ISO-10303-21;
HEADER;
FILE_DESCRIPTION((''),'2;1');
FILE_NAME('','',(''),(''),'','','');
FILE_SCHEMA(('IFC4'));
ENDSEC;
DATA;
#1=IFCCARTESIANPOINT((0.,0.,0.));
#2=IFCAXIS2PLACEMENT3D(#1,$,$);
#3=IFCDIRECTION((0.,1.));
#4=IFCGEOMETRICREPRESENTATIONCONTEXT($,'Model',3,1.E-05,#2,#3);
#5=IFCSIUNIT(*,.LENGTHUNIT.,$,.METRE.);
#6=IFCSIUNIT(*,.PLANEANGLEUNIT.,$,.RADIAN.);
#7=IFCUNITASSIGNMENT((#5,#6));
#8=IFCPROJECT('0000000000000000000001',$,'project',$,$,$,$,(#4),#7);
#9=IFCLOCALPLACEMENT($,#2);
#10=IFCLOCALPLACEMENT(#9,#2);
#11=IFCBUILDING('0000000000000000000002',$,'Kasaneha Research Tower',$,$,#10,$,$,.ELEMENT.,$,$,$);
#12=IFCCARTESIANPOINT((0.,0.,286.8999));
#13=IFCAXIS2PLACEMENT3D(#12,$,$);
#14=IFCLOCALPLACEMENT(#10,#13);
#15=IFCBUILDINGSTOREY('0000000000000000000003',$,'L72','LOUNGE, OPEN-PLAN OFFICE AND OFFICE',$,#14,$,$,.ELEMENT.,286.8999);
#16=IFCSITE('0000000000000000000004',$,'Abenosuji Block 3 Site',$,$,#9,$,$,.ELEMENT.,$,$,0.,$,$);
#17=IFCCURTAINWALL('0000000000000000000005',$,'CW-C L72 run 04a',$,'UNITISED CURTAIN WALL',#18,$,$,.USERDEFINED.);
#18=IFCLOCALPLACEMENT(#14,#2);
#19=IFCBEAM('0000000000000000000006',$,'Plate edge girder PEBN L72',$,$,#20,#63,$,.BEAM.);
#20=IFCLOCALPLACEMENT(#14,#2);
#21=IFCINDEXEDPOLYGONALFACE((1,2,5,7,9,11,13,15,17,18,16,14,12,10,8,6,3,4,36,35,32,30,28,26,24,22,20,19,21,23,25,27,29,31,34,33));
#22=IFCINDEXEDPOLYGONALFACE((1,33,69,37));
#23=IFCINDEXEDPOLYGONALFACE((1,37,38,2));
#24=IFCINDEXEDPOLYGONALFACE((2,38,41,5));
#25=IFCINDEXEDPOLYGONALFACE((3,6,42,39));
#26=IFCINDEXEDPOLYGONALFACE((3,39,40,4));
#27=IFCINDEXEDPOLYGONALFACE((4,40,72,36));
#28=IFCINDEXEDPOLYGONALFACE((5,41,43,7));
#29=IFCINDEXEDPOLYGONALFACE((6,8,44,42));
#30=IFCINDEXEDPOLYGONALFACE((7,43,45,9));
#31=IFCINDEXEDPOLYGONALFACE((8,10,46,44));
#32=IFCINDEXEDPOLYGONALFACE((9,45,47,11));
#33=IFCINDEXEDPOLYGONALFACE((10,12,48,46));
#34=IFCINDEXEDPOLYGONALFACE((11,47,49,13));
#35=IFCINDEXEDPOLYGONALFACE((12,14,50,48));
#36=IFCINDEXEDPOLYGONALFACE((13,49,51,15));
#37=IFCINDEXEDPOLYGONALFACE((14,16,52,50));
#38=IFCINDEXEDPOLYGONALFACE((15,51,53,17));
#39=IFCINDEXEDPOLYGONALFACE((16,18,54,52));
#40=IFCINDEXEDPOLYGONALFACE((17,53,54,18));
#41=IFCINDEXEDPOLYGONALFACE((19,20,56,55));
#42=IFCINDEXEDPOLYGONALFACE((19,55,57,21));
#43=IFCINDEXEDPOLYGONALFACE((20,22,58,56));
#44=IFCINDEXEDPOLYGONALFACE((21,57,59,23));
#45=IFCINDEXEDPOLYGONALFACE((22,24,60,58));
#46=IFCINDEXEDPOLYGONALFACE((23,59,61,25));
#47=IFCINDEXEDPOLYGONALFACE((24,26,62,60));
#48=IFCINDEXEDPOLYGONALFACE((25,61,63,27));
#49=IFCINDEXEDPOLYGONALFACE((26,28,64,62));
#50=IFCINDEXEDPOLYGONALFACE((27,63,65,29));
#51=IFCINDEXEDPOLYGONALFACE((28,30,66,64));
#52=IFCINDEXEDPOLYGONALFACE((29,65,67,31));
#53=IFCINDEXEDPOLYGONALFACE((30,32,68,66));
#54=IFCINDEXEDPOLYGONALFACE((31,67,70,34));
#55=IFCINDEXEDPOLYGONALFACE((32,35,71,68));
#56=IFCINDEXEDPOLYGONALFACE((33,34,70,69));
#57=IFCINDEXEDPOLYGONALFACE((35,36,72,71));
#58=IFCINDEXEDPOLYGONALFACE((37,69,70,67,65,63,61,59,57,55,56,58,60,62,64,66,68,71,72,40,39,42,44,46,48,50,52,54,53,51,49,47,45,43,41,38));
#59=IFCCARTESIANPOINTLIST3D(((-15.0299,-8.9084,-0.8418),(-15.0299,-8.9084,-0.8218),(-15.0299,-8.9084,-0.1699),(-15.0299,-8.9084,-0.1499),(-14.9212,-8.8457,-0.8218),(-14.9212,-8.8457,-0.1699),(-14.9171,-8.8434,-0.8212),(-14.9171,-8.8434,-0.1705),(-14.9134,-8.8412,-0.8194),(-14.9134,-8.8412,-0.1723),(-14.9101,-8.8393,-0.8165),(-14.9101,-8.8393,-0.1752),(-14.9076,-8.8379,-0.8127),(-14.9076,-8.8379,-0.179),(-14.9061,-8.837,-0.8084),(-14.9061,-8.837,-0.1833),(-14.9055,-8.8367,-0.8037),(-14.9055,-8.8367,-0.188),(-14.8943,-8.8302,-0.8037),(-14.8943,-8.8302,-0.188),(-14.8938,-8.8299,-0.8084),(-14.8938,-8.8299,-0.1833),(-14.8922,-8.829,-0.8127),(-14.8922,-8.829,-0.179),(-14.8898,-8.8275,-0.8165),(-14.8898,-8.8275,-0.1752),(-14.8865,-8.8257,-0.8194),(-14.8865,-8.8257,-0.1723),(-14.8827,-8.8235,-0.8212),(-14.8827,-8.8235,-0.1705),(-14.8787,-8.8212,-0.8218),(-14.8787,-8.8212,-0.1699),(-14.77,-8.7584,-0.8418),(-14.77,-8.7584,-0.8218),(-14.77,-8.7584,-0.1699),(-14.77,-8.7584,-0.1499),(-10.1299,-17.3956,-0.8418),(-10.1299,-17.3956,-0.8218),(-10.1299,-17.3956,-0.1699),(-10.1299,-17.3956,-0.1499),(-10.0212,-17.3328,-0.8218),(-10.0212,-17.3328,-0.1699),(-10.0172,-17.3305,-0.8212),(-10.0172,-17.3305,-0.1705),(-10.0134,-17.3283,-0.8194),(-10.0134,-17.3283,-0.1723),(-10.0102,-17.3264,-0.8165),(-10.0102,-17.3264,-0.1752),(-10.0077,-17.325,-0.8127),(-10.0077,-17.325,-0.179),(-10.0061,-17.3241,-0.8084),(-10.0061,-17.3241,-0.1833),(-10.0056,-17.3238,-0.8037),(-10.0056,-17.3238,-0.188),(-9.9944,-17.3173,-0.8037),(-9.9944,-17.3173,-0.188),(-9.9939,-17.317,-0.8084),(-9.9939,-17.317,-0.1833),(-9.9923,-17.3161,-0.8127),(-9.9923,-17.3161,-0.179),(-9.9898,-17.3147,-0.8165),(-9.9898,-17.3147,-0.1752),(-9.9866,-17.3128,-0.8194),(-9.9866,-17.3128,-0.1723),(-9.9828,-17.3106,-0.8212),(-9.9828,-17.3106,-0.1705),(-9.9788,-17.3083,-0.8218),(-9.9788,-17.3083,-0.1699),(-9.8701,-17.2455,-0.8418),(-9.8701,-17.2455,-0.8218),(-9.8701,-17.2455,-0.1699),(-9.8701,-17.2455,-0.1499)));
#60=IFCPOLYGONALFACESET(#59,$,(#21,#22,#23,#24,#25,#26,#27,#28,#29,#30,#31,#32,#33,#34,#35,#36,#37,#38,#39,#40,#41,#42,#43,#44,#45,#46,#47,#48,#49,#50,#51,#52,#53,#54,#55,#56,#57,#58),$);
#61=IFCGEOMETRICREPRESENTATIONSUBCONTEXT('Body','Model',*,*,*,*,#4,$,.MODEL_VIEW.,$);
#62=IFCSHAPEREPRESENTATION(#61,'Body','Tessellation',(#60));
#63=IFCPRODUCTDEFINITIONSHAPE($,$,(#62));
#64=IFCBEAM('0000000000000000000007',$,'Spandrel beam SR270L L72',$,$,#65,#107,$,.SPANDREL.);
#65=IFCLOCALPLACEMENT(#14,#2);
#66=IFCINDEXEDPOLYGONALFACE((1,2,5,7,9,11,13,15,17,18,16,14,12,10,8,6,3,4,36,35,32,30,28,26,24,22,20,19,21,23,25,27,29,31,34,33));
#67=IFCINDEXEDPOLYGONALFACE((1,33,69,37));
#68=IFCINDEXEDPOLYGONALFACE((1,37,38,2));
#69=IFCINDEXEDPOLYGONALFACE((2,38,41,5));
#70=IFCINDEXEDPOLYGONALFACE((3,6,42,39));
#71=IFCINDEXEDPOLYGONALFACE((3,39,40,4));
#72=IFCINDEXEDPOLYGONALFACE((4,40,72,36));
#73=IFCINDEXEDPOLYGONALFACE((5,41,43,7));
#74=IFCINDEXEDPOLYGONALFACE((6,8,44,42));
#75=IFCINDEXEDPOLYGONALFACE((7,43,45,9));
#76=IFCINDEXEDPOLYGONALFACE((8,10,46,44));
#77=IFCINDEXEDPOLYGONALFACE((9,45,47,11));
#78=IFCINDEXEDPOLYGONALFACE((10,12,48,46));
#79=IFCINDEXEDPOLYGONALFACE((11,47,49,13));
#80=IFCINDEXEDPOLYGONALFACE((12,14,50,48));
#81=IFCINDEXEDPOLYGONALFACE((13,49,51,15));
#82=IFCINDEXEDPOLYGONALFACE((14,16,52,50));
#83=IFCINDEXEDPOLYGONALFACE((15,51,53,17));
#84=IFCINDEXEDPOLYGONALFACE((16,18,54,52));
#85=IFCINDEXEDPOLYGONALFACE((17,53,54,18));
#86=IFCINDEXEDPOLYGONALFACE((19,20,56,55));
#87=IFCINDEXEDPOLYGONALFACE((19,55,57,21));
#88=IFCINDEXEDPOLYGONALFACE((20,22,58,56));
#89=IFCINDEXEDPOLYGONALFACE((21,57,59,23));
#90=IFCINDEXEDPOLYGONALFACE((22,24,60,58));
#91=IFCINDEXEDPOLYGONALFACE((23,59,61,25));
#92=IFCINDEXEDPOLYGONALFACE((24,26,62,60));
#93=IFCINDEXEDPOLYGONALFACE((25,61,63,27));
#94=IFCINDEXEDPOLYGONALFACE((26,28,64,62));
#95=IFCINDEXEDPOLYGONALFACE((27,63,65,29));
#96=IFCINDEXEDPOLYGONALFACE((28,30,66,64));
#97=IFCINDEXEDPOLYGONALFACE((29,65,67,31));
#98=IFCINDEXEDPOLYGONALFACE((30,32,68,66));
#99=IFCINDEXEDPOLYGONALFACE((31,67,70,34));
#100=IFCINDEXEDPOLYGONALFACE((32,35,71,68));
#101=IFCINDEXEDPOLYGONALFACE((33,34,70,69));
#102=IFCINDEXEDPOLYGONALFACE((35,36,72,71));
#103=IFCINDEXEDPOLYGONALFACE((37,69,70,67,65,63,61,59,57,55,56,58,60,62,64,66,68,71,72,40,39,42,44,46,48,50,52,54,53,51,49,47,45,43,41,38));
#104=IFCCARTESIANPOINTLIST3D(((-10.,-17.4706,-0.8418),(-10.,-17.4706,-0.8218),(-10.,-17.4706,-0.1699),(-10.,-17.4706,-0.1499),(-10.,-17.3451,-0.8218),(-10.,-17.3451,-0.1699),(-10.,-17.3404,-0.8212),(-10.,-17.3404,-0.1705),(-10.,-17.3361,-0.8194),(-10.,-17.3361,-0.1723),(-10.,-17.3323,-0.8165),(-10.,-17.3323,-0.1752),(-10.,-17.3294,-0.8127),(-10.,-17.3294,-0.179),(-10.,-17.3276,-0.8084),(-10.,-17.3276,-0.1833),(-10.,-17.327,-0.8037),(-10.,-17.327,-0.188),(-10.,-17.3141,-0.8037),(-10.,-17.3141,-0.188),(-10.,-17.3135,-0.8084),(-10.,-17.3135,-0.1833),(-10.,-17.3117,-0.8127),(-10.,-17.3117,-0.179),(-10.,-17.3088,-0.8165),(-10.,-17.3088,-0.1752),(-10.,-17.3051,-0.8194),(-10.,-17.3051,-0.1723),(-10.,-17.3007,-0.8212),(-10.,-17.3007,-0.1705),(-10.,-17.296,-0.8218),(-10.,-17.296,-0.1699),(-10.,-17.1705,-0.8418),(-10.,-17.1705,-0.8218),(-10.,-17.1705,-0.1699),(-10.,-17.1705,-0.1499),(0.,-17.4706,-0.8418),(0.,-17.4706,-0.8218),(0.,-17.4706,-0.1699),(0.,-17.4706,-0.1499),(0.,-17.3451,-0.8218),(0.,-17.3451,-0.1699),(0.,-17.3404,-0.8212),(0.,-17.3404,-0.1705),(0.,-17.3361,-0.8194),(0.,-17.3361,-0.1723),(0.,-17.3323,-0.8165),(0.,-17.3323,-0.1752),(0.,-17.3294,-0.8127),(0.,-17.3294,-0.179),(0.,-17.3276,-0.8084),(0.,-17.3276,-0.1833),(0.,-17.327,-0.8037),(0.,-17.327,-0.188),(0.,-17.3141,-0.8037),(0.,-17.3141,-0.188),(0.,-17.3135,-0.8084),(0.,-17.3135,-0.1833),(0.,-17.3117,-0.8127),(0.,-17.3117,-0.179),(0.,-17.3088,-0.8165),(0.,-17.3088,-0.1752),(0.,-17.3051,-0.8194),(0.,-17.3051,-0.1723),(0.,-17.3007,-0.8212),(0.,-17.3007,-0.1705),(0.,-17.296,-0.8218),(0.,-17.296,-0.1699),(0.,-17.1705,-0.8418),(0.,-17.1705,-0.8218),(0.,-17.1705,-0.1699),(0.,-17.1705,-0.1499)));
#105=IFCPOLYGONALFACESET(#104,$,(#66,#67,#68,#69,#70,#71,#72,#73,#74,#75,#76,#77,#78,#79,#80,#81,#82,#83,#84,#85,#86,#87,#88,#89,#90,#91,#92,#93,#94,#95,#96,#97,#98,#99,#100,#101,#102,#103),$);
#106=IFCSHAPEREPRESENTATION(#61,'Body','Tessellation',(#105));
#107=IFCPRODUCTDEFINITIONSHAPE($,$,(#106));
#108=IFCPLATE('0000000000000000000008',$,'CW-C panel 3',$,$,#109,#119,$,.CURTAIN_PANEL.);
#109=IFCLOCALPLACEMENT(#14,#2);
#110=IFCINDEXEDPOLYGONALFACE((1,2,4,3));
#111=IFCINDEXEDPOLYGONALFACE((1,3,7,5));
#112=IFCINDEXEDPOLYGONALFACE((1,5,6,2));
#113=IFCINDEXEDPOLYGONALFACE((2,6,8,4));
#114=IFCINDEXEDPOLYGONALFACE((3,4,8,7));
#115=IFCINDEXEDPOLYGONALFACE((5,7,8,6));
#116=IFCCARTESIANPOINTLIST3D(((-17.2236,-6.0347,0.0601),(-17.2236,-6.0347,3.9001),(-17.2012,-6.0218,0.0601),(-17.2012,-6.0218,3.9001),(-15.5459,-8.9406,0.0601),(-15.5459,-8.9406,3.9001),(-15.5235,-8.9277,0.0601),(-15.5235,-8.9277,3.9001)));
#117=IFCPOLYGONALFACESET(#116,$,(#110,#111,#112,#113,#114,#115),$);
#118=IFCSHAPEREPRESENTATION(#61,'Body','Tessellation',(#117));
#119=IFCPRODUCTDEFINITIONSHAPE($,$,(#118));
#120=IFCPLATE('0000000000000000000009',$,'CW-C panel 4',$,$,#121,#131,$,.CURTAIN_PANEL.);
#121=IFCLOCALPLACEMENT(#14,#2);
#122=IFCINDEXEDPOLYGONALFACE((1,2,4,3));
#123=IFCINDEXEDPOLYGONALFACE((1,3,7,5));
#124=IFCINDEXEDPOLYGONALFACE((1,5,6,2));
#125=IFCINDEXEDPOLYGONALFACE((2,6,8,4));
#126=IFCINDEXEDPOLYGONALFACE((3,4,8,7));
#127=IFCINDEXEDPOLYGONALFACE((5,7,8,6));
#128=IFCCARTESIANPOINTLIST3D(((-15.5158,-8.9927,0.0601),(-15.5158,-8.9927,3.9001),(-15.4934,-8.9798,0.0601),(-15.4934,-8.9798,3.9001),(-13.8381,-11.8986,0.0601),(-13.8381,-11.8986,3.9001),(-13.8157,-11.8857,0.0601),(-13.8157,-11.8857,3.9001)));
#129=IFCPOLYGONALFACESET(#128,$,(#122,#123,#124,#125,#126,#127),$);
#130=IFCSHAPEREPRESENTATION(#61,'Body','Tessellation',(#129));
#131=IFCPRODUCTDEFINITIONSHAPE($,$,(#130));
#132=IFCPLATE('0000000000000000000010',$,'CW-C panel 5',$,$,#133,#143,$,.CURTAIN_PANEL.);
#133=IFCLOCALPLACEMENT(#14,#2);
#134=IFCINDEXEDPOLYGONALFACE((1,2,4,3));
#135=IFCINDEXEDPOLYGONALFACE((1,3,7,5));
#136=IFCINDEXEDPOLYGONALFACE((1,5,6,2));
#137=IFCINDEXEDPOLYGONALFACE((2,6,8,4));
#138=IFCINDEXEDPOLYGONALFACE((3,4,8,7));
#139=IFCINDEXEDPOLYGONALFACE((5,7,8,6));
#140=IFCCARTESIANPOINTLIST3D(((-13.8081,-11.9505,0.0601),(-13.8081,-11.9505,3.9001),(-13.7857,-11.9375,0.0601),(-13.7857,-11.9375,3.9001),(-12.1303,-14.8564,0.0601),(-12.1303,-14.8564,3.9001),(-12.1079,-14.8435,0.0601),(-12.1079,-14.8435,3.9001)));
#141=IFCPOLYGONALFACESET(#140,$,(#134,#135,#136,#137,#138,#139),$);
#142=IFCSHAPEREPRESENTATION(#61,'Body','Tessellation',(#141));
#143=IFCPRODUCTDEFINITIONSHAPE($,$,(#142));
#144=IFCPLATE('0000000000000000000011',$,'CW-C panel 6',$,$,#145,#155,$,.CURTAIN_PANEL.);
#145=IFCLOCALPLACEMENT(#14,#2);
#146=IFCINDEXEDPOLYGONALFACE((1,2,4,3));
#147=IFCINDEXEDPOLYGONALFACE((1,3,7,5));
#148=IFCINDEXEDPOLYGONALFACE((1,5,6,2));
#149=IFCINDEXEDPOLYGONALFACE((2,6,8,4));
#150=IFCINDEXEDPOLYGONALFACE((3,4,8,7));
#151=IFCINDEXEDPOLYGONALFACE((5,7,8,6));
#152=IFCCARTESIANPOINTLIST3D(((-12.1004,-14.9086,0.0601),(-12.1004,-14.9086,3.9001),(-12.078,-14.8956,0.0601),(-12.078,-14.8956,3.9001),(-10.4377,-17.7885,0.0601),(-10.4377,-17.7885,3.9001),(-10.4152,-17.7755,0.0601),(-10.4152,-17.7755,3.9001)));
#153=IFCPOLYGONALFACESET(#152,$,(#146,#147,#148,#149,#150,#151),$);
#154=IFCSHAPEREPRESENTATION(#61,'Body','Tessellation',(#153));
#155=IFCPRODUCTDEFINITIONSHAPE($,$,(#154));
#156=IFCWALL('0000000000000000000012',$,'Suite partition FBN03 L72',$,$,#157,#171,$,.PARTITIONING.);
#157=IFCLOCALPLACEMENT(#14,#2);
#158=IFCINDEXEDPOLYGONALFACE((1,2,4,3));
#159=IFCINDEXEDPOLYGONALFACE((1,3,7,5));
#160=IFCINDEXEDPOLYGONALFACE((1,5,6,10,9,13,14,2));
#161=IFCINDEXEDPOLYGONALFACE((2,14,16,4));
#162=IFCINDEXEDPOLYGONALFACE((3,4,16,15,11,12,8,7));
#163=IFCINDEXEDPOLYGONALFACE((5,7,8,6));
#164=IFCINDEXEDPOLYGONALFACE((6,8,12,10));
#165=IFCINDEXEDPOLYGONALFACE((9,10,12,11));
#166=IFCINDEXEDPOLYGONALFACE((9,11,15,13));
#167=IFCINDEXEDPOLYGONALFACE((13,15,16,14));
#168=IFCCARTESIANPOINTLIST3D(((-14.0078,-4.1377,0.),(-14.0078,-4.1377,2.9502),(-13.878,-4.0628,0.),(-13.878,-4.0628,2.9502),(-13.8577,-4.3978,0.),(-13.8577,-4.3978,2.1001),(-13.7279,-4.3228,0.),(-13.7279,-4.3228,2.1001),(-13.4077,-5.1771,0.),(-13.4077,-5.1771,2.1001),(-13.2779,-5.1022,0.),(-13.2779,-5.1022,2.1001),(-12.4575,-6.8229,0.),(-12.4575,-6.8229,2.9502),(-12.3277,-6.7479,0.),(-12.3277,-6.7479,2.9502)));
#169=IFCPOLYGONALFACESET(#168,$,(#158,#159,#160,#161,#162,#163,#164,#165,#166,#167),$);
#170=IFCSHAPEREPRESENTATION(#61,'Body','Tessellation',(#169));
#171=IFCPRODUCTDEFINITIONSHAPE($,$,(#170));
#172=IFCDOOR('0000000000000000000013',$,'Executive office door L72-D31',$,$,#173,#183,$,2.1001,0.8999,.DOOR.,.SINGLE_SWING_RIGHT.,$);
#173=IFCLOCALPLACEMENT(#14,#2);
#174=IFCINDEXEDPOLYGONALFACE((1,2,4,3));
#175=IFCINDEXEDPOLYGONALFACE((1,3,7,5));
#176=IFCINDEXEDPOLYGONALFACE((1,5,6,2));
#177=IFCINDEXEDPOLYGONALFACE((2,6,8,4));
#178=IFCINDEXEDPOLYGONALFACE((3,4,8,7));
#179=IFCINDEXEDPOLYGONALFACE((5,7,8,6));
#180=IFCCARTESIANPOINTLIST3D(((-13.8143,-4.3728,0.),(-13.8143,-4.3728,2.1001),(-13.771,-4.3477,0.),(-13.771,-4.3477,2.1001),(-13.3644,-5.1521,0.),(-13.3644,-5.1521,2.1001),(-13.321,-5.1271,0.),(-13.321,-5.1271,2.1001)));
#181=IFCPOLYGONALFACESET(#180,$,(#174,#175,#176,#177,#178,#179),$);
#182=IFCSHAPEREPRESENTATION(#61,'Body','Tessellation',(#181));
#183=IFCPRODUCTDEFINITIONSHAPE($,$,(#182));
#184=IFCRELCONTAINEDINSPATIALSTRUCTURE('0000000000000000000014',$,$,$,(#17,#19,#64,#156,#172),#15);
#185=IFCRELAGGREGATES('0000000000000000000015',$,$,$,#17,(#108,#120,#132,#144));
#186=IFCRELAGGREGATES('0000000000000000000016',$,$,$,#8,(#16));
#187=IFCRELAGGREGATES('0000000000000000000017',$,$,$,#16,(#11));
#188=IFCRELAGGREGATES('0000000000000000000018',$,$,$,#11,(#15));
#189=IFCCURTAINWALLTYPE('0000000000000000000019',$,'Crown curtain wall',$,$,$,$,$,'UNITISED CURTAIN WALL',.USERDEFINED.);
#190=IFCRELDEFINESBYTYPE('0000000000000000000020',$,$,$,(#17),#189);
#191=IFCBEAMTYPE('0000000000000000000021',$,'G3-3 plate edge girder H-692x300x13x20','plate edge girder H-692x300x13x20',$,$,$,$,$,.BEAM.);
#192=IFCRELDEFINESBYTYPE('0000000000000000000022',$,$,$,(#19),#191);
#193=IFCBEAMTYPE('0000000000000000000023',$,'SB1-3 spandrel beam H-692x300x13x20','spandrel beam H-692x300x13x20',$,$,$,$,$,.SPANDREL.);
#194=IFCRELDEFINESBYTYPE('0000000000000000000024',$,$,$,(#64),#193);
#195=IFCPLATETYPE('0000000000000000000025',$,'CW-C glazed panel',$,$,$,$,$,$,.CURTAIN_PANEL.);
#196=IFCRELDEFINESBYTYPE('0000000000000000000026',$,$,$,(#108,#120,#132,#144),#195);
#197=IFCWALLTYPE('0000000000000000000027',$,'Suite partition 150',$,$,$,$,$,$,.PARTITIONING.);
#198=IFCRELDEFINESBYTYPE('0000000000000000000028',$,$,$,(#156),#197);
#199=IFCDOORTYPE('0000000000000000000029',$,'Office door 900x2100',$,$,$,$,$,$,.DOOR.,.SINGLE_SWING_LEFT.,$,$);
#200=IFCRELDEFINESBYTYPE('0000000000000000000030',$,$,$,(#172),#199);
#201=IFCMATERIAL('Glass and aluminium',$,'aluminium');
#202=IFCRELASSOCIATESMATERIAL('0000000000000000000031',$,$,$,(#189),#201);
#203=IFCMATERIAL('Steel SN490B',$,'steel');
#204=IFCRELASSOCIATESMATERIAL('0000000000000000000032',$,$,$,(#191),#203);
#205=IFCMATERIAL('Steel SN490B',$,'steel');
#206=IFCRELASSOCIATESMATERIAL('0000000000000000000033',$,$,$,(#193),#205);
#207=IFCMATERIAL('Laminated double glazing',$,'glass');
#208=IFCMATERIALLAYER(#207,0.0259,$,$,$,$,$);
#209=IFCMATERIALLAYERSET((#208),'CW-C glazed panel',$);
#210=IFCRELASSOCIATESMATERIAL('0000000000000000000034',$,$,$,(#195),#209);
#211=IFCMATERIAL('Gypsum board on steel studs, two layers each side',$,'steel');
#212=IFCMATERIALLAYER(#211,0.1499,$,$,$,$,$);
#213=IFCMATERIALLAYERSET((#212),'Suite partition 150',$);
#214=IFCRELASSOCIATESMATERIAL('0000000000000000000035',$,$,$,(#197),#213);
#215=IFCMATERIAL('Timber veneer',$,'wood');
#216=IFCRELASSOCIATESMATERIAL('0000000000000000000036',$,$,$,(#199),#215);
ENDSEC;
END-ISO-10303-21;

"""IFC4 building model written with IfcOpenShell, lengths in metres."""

from ifc_helpers import new_model, si_unit, direction, frame, frame_2d, origin, origin_2d, place, context, subcontext, project, spatial, rectangle, i_section, extrude, material, layer, layer_set, material_profile, profile_set, type_object, element, fill, aggregate, save


model = new_model("IFC4")

# Units and contexts
model_context = context("Model", 3, precision=1e-05, world=origin(), true_north=direction((0.0, 1.0)))
body_context = subcontext(model_context, "Body", "Model", "MODEL_VIEW")
ifc_project = project(units=[si_unit("LENGTHUNIT", "METRE"), si_unit("PLANEANGLEUNIT", "RADIAN")], contexts=[model_context])

# Site, building, storey
site_placement = place(None, origin())
site = spatial("IfcSite", under=ifc_project, at=site_placement, Name="Abenosuji Block 3 Site", CompositionType="ELEMENT", RefElevation=0.0)
building_placement = place(site_placement, origin())
building = spatial("IfcBuilding", under=site, at=building_placement, Name="Kasaneha Research Tower", CompositionType="ELEMENT")
storey_placement = place(building_placement, frame((0.0, 0.0, 286.8999)))
storey = spatial("IfcBuildingStorey", under=building, at=storey_placement, Name="L72", Description="LOUNGE, OPEN-PLAN OFFICE AND OFFICE", CompositionType="ELEMENT", Elevation=286.8999)

# Curtain wall
ifc_material_1 = material(Name="Glass and aluminium", Category="aluminium")
curtain_wall_type = type_object("IfcCurtainWallType", Name="Crown curtain wall", ElementType="UNITISED CURTAIN WALL", PredefinedType="USERDEFINED", material=ifc_material_1)
curtain_wall_1_placement = place(storey_placement, origin())
curtain_wall_1 = element("IfcCurtainWall", 1, at=curtain_wall_1_placement, inside=storey, type_object=curtain_wall_type, Name="CW-C L72 run 04a", ObjectType="UNITISED CURTAIN WALL", PredefinedType="USERDEFINED")

# Beams
ifc_material_2 = material(Name="Steel SN490B", Category="steel")
ifc_material_profile_1 = material_profile(ifc_material_2, i_section(OverallWidth=0.3, OverallDepth=0.6919, WebThickness=0.0129, FlangeThickness=0.02, FilletRadius=0.0181, at=origin_2d()), Name="H-692x300x13x20")
ifc_profile_set_1 = profile_set([ifc_material_profile_1], Name="Steel SN490B")
beam_type_1 = type_object("IfcBeamType", Name="G3-3 plate edge girder H-692x300x13x20", Description="plate edge girder H-692x300x13x20", PredefinedType="BEAM", material=ifc_profile_set_1)
beam_1_placement = place(storey_placement, frame((-10.0, -17.3206, -0.4958), z_axis=(-0.499992, 0.86603, 0.0), x_axis=(-0.86603, -0.499992, 0.0)))
element("IfcBeam", 2, at=beam_1_placement, inside=storey, type_object=beam_type_1, Name="Plate edge girder PEBN L72", PredefinedType="BEAM", context=body_context, shape_type="SweptSolid", body=[
    extrude(i_section(OverallWidth=0.3, OverallDepth=0.6919, WebThickness=0.0129, FlangeThickness=0.02, FilletRadius=0.0181, at=origin_2d()), origin(), (0.0, 0.0, 1.0), 9.8),
])
ifc_material_3 = material(Name="Steel SN490B", Category="steel")
ifc_material_profile_2 = material_profile(ifc_material_3, i_section(OverallWidth=0.3, OverallDepth=0.6919, WebThickness=0.0129, FlangeThickness=0.02, FilletRadius=0.0181, at=origin_2d()), Name="H-692x300x13x20")
ifc_profile_set_2 = profile_set([ifc_material_profile_2], Name="Steel SN490B")
beam_type_2 = type_object("IfcBeamType", Name="SB1-3 spandrel beam H-692x300x13x20", Description="spandrel beam H-692x300x13x20", PredefinedType="SPANDREL", material=ifc_profile_set_2)
beam_2_placement = place(storey_placement, frame((-10.0, -17.3206, -0.4958), z_axis=(1.0, 0.0, 0.0), x_axis=(0.0, 1.0, 0.0)))
element("IfcBeam", 3, at=beam_2_placement, inside=storey, type_object=beam_type_2, Name="Spandrel beam SR270L L72", PredefinedType="SPANDREL", context=body_context, shape_type="SweptSolid", body=[
    extrude(i_section(OverallWidth=0.3, OverallDepth=0.6919, WebThickness=0.0129, FlangeThickness=0.02, FilletRadius=0.0181, at=origin_2d()), origin(), (0.0, 0.0, 1.0), 10.0),
])

# Plates
ifc_material_4 = material(Name="Laminated double glazing", Category="glass")
ifc_layer_1 = layer(ifc_material_4, 0.0259)
ifc_layer_set_1 = layer_set([ifc_layer_1], Name="CW-C glazed panel")
plate_type = type_object("IfcPlateType", Name="CW-C glazed panel", PredefinedType="CURTAIN_PANEL", material=ifc_layer_set_1)
plate_1_placement = place(storey_placement, frame((-16.3735, -7.4812, 0.0601), z_axis=(0.0, 0.0, 1.0), x_axis=(0.5, -0.866025, 0.0)))
plate_1 = element("IfcPlate", 4, at=plate_1_placement, type_object=plate_type, Name="CW-C panel 3", PredefinedType="CURTAIN_PANEL", context=body_context, shape_type="SweptSolid", body=[
    extrude(rectangle(XDim=3.3555, YDim=0.0259, at=origin_2d()), origin(), (0.0, 0.0, 1.0), 3.8401),
])
plate_2_placement = place(storey_placement, frame((-14.6658, -10.4392, 0.0601), z_axis=(0.0, 0.0, 1.0), x_axis=(0.5, -0.866025, 0.0)))
plate_2 = element("IfcPlate", 5, at=plate_2_placement, type_object=plate_type, Name="CW-C panel 4", PredefinedType="CURTAIN_PANEL", context=body_context, shape_type="SweptSolid", body=[
    extrude(rectangle(XDim=3.3555, YDim=0.0259, at=origin_2d()), origin(), (0.0, 0.0, 1.0), 3.8401),
])
plate_3_placement = place(storey_placement, frame((-12.958, -13.397, 0.0601), z_axis=(0.0, 0.0, 1.0), x_axis=(0.5, -0.866025, 0.0)))
plate_3 = element("IfcPlate", 6, at=plate_3_placement, type_object=plate_type, Name="CW-C panel 5", PredefinedType="CURTAIN_PANEL", context=body_context, shape_type="SweptSolid", body=[
    extrude(rectangle(XDim=3.3555, YDim=0.0259, at=origin_2d()), origin(), (0.0, 0.0, 1.0), 3.8401),
])
plate_4_placement = place(storey_placement, frame((-11.2578, -16.342, 0.0601), z_axis=(0.0, 0.0, 1.0), x_axis=(0.5, -0.866025, 0.0)))
plate_4 = element("IfcPlate", 7, at=plate_4_placement, type_object=plate_type, Name="CW-C panel 6", PredefinedType="CURTAIN_PANEL", context=body_context, shape_type="SweptSolid", body=[
    extrude(rectangle(XDim=3.3254, YDim=0.0259, at=origin_2d()), origin(), (0.0, 0.0, 1.0), 3.8401),
])
aggregate(curtain_wall_1, [plate_1, plate_2, plate_3, plate_4])

# Wall, opening, door
ifc_material_5 = material(Name="Gypsum board on steel studs, two layers each side", Category="steel")
ifc_layer_2 = layer(ifc_material_5, 0.1499)
ifc_layer_set_2 = layer_set([ifc_layer_2], Name="Suite partition 150")
wall_type_1 = type_object("IfcWallType", Name="Suite partition 150", PredefinedType="PARTITIONING", material=ifc_layer_set_2)
wall_1_placement = place(storey_placement, frame((-12.3926, -6.7854, 0.0), z_axis=(0.0, 0.0, 1.0), x_axis=(-0.500018, 0.866015, 0.0)))
wall_1 = element("IfcWall", 8, at=wall_1_placement, inside=storey, type_object=wall_type_1, Name="Suite partition FBN03 L72", PredefinedType="PARTITIONING", context=body_context, shape_type="SweptSolid", body=[
    extrude(rectangle(XDim=3.1006, YDim=0.1499, at=frame_2d((1.5503, 0.0))), origin(), (0.0, 0.0, 1.0), 2.9502),
])
opening_placement = place(wall_1_placement, frame((1.9004, 0.0, 0.0)))
opening = element("IfcOpeningElement", 9, at=opening_placement, cuts=wall_1, PredefinedType="OPENING", context=body_context, shape_type="SweptSolid", body=[
    extrude(rectangle(XDim=0.8999, YDim=2.1001, at=frame_2d((0.45, 1.05))), frame((0.0, 0.085, 0.0), z_axis=(0.0, -1.0, 0.0), x_axis=(1.0, 0.0, 0.0)), (0.0, 0.0, 1.0), 0.1699),
])
ifc_material_6 = material(Name="Timber veneer", Category="wood")
door_type = type_object("IfcDoorType", Name="Office door 900x2100", OperationType="SINGLE_SWING_LEFT", PredefinedType="DOOR", material=ifc_material_6)
door_placement = place(opening_placement, origin())
door = element("IfcDoor", 10, at=door_placement, inside=storey, type_object=door_type, Name="Executive office door L72-D31", OperationType="SINGLE_SWING_RIGHT", OverallHeight=2.1001, OverallWidth=0.8999, PredefinedType="DOOR", context=body_context, shape_type="SweptSolid", body=[
    extrude(rectangle(XDim=0.8999, YDim=2.1001, at=frame_2d((0.45, 1.05))), frame((0.0, 0.0249, 0.0), z_axis=(0.0, -1.0, 0.0), x_axis=(1.0, 0.0, 0.0)), (0.0, 0.0, 1.0), 0.05),
])
fill(opening, door)

save(model, "model.ifc")
